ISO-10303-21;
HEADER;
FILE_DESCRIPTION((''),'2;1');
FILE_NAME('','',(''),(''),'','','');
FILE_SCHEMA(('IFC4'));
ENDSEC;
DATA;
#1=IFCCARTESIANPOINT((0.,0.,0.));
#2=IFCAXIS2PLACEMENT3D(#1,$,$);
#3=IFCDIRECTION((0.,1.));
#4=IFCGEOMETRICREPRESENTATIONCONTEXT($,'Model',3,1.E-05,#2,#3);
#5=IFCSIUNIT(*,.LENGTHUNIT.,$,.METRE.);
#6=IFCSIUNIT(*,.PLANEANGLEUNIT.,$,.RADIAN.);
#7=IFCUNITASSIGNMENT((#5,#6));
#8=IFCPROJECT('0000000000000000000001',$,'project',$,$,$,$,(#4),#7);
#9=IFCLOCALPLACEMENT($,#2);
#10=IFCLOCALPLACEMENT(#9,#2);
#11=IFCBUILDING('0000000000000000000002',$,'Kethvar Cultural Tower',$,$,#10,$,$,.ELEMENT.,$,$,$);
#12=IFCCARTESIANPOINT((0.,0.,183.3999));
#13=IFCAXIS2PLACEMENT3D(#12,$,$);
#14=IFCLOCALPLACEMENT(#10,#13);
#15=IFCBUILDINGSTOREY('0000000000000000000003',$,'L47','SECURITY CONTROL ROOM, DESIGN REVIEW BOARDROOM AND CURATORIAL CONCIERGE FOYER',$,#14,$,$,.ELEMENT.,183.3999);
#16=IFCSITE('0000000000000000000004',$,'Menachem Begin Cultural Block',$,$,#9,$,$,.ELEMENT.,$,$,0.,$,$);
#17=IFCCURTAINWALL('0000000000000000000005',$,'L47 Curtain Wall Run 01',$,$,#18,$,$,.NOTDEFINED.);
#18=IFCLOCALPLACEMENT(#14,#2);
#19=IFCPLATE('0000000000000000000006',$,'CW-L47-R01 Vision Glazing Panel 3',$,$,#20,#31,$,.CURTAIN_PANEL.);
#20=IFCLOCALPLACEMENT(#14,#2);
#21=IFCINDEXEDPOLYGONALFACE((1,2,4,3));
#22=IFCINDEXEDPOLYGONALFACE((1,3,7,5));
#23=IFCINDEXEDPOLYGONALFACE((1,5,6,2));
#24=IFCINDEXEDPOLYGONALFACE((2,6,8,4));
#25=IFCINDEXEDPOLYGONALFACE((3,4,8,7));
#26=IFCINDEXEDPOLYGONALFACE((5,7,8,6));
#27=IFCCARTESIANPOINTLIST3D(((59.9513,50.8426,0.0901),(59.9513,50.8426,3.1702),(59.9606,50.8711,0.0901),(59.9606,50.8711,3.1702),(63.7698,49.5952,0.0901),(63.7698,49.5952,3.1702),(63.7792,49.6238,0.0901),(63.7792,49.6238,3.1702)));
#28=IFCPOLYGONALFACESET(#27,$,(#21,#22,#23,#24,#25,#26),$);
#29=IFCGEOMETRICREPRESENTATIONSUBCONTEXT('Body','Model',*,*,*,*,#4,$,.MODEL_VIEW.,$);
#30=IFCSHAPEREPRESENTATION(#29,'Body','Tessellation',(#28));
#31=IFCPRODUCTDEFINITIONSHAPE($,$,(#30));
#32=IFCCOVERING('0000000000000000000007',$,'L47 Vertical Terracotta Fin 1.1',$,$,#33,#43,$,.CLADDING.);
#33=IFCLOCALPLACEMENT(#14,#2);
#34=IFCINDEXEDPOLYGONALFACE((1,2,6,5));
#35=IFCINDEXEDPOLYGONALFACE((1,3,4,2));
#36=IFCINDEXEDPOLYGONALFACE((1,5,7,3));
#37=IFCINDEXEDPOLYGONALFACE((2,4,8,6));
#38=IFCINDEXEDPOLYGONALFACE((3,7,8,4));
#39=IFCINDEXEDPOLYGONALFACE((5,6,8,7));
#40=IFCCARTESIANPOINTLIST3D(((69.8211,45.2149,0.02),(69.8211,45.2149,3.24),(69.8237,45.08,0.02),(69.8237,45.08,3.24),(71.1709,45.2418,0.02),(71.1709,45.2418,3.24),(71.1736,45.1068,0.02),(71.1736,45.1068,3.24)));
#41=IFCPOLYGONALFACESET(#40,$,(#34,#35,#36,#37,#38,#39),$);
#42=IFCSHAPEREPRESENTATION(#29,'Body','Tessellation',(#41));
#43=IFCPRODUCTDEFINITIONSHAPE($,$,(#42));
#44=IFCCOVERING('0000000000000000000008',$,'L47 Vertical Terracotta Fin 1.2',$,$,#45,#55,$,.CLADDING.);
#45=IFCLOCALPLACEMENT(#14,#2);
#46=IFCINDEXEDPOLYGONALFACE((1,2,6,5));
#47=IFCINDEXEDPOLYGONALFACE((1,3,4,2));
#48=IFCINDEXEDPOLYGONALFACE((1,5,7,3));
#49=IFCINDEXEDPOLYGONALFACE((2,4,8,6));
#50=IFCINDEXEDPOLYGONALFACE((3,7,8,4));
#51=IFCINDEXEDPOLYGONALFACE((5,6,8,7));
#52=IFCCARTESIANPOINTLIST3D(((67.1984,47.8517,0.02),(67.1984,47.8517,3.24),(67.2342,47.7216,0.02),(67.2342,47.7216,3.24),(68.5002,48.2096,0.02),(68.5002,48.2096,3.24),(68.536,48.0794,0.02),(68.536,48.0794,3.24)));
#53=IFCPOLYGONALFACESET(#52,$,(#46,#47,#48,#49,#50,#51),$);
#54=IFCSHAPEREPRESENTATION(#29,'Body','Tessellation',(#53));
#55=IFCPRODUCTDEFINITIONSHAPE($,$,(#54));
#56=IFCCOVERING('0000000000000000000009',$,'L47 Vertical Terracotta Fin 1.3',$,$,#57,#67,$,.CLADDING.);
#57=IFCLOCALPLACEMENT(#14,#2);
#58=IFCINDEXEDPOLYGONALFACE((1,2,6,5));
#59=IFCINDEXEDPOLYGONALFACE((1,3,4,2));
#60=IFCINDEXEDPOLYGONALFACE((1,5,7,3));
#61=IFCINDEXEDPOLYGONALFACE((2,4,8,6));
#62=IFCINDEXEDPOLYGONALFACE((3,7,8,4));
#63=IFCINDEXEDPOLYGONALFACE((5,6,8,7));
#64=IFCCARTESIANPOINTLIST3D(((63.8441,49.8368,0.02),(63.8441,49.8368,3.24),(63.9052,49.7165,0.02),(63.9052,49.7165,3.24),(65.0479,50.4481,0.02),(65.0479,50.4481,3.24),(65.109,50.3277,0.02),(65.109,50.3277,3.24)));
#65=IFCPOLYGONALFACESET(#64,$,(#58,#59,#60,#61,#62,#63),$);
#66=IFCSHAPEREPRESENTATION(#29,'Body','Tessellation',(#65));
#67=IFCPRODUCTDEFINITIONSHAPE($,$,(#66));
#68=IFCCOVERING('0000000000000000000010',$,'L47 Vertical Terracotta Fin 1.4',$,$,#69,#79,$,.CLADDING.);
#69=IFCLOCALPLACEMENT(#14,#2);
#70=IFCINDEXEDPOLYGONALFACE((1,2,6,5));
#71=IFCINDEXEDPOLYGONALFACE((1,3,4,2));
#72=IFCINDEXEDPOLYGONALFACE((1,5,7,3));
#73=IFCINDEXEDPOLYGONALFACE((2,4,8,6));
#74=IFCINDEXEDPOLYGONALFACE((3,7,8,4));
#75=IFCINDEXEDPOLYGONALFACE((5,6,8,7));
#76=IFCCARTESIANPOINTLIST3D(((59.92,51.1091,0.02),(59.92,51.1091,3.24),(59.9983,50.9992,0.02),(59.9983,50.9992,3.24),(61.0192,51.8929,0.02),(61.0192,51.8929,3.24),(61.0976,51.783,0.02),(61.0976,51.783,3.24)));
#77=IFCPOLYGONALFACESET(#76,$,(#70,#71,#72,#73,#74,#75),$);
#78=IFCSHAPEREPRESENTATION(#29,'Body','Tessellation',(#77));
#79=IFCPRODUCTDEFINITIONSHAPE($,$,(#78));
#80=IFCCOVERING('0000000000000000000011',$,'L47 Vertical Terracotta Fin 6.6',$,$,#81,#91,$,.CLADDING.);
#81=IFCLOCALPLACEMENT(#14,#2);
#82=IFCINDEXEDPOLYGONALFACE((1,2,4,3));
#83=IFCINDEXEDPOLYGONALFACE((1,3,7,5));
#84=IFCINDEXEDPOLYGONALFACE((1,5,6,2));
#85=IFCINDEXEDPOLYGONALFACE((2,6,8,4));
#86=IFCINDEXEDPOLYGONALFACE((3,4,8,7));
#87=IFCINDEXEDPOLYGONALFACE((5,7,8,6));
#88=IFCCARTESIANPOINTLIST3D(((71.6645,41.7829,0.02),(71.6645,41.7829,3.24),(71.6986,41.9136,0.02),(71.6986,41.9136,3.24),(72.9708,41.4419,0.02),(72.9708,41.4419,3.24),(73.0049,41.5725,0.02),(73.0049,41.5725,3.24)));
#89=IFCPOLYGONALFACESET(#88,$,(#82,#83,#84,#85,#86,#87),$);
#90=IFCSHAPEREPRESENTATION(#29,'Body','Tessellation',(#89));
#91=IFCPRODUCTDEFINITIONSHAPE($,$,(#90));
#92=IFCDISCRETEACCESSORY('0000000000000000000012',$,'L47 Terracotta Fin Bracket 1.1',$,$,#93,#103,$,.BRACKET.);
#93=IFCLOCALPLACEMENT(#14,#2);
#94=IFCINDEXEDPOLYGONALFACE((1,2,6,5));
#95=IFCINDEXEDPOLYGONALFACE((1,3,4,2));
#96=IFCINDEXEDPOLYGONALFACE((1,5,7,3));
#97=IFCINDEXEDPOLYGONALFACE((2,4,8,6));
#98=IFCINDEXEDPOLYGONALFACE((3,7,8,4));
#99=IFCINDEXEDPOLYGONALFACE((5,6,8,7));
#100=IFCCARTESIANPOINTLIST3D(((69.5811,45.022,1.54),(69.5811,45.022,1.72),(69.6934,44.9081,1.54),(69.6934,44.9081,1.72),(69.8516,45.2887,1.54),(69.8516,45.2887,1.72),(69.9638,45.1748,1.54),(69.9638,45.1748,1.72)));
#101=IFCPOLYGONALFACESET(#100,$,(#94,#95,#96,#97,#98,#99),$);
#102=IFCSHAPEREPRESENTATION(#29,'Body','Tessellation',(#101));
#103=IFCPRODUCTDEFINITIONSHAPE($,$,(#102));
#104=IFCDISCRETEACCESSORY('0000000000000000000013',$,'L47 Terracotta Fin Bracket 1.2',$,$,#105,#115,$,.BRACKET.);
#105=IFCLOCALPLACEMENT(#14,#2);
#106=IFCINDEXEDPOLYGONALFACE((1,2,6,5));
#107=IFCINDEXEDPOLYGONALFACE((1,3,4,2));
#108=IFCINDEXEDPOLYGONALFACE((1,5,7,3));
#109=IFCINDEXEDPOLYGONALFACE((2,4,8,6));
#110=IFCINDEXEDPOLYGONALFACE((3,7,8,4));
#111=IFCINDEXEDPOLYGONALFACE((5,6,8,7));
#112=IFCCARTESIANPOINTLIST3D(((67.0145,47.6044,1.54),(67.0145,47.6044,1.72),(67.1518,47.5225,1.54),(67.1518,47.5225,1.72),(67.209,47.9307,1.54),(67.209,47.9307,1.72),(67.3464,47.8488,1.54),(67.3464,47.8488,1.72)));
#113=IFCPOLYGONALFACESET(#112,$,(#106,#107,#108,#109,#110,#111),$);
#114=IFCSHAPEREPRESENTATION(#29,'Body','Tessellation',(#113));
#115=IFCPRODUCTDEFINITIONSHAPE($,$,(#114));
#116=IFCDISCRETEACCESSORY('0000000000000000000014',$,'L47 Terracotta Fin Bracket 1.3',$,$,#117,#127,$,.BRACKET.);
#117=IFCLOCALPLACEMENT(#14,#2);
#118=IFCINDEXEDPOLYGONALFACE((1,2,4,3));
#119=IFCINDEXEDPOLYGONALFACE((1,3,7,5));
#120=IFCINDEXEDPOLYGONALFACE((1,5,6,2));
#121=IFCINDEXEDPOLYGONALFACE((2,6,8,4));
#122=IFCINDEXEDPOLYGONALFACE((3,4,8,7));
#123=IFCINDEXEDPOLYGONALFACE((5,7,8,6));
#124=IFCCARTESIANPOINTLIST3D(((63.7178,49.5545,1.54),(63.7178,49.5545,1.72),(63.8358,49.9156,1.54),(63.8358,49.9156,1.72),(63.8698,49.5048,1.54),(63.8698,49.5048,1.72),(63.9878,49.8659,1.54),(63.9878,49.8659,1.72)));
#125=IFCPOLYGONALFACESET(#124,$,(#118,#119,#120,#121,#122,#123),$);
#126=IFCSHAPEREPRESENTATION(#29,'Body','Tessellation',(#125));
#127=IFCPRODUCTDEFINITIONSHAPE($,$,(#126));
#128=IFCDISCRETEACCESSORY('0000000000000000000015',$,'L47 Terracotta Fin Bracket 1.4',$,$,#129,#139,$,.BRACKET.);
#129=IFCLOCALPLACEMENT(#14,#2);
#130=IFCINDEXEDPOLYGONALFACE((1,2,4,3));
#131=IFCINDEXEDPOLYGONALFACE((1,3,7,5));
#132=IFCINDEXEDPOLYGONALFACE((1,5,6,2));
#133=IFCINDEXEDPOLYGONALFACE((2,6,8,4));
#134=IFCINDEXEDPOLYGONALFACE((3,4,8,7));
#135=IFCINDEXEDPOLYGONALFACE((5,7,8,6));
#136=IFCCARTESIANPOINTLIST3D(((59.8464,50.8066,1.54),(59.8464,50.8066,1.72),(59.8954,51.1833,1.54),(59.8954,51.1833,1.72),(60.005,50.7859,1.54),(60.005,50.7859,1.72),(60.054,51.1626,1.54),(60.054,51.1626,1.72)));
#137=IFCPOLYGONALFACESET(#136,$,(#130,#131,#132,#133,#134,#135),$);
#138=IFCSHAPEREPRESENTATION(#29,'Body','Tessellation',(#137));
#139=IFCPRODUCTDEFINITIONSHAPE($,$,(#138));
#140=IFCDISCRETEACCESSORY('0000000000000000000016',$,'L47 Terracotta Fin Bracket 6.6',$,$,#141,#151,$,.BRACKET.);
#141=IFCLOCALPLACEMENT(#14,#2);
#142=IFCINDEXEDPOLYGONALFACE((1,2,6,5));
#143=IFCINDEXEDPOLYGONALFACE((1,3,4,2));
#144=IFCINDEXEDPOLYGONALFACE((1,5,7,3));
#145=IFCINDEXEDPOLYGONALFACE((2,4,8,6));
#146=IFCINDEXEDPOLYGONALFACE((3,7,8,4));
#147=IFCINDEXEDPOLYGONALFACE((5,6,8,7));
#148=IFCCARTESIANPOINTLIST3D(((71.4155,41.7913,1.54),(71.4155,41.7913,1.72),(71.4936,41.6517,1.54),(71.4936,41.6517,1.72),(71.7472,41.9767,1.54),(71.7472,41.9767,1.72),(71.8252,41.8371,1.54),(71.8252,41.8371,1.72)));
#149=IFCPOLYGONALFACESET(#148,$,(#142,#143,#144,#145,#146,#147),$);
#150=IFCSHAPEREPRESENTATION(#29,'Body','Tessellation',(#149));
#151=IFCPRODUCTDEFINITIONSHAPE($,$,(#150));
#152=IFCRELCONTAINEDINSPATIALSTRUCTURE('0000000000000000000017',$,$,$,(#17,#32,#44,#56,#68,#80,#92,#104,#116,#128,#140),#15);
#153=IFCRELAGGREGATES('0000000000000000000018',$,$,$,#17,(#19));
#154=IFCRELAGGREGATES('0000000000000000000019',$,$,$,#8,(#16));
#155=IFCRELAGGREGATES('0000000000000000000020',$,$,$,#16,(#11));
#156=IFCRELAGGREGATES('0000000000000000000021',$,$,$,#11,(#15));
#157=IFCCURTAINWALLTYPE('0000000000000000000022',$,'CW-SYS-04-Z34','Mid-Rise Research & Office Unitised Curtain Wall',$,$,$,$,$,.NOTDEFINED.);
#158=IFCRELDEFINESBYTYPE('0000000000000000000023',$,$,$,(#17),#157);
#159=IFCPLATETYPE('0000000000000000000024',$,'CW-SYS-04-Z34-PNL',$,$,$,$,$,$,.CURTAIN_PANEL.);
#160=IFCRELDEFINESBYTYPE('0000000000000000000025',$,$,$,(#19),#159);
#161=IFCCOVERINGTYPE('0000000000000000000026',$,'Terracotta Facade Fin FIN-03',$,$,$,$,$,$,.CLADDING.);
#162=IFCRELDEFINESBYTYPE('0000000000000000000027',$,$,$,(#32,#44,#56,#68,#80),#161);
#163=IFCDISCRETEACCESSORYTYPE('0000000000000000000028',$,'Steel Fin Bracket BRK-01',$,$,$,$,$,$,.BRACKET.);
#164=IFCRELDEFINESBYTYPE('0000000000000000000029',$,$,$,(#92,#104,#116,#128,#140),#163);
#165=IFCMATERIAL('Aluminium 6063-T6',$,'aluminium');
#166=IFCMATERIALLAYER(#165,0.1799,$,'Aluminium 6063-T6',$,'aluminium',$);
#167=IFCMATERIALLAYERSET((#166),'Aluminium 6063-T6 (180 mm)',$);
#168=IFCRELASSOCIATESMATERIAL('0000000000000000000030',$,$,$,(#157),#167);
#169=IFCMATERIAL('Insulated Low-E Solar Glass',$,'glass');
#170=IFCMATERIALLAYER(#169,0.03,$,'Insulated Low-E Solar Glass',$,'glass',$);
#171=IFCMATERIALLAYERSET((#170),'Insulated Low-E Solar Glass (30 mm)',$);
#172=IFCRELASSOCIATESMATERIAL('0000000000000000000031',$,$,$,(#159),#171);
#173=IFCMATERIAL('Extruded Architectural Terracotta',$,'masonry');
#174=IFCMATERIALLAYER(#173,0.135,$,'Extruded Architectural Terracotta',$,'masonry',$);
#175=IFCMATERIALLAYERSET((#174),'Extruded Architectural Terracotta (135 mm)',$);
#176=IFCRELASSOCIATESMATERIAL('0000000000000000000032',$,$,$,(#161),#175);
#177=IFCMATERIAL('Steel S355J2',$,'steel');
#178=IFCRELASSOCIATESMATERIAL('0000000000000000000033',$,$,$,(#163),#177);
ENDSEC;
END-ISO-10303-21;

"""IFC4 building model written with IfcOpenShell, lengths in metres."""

from ifc_helpers import new_model, si_unit, direction, frame, origin, origin_2d, place, context, subcontext, project, spatial, rectangle, extrude, source, transform, mapped, material, layer, layer_set, type_object, element, aggregate, save


model = new_model("IFC4")

# Units and contexts
model_context = context("Model", 3, precision=1e-05, world=origin(), true_north=direction((0.0, 1.0)))
body_context = subcontext(model_context, "Body", "Model", "MODEL_VIEW")
ifc_project = project(units=[si_unit("LENGTHUNIT", "METRE"), si_unit("PLANEANGLEUNIT", "RADIAN")], contexts=[model_context])

# Site, building, storey
site_placement = place(None, origin())
site = spatial("IfcSite", under=ifc_project, at=site_placement, Name="Menachem Begin Cultural Block", CompositionType="ELEMENT", RefElevation=0.0)
building_placement = place(site_placement, origin())
building = spatial("IfcBuilding", under=site, at=building_placement, Name="Kethvar Cultural Tower", CompositionType="ELEMENT")
storey_placement = place(building_placement, frame((0.0, 0.0, 183.3999)))
storey = spatial("IfcBuildingStorey", under=building, at=storey_placement, Name="L47", Description="SECURITY CONTROL ROOM, DESIGN REVIEW BOARDROOM AND CURATORIAL CONCIERGE FOYER", CompositionType="ELEMENT", Elevation=183.3999)

# Shared definitions
ifc_material_1 = material(Name="Steel S355J2", Category="steel")

# Curtain wall
ifc_material_2 = material(Name="Aluminium 6063-T6", Category="aluminium")
ifc_layer_1 = layer(ifc_material_2, 0.1799, Name="Aluminium 6063-T6", Category="aluminium")
ifc_layer_set_1 = layer_set([ifc_layer_1], Name="Aluminium 6063-T6 (180 mm)")
curtain_wall_type = type_object("IfcCurtainWallType", Name="CW-SYS-04-Z34", Description="Mid-Rise Research & Office Unitised Curtain Wall", PredefinedType="NOTDEFINED", material=ifc_layer_set_1)
curtain_wall_1_placement = place(storey_placement, origin())
curtain_wall_1 = element("IfcCurtainWall", 1, at=curtain_wall_1_placement, inside=storey, type_object=curtain_wall_type, Name="L47 Curtain Wall Run 01", PredefinedType="NOTDEFINED")

# Plate
ifc_material_3 = material(Name="Insulated Low-E Solar Glass", Category="glass")
ifc_layer_2 = layer(ifc_material_3, 0.03, Name="Insulated Low-E Solar Glass", Category="glass")
ifc_layer_set_2 = layer_set([ifc_layer_2], Name="Insulated Low-E Solar Glass (30 mm)")
plate_type = type_object("IfcPlateType", Name="CW-SYS-04-Z34-PNL", PredefinedType="CURTAIN_PANEL", material=ifc_layer_set_2)
shared_shape_1 = source(origin(), body_context, "Body", "SweptSolid", [
    extrude(rectangle(XDim=4.0171, YDim=0.03, at=origin_2d()), origin(), (0.0, 0.0, 1.0), 3.0801),
])
plate_1_placement = place(storey_placement, frame((61.8652, 50.2332, 0.0901), z_axis=(0.0, 0.0, 1.0), x_axis=(-0.95057, 0.310511, 0.0)))
plate_1 = element("IfcPlate", 2, at=plate_1_placement, type_object=plate_type, Name="CW-L47-R01 Vision Glazing Panel 3", PredefinedType="CURTAIN_PANEL", context=body_context, shape_type="MappedRepresentation", body=[
    mapped(shared_shape_1, transform((0.0, 0.0, 0.0), scale=1.0)),
])
aggregate(curtain_wall_1, [plate_1])

# Coverings
ifc_material_4 = material(Name="Extruded Architectural Terracotta", Category="masonry")
ifc_layer_3 = layer(ifc_material_4, 0.135, Name="Extruded Architectural Terracotta", Category="masonry")
ifc_layer_set_3 = layer_set([ifc_layer_3], Name="Extruded Architectural Terracotta (135 mm)")
covering_type = type_object("IfcCoveringType", Name="Terracotta Facade Fin FIN-03", PredefinedType="CLADDING", material=ifc_layer_set_3)
shared_shape_2 = source(origin(), body_context, "Body", "SweptSolid", [
    extrude(rectangle(XDim=1.3501, YDim=0.135, at=origin_2d()), origin(), (0.0, 0.0, 1.0), 3.22),
])
for number, where, z_axis, x_axis, name in (
    (3, (70.4973, 45.1609, 0.02), (0.0, 0.0, 1.0), (0.999802, 0.019895, 0.0), "L47 Vertical Terracotta Fin 1.1"),
    (4, (67.8672, 47.9656, 0.02), (0.0, 0.0, 1.0), (0.964234, 0.265051, 0.0), "L47 Vertical Terracotta Fin 1.2"),
    (5, (64.4766, 50.0823, 0.02), (0.0, 0.0, 1.0), (0.89164, 0.452746, 0.0), "L47 Vertical Terracotta Fin 1.3"),
    (6, (60.5088, 51.446, 0.02), (0.0, 0.0, 1.0), (0.814217, 0.580561, 0.0), "L47 Vertical Terracotta Fin 1.4"),
    (7, (72.3347, 41.6777, 0.02), (0.0, 0.0, 1.0), (0.967577, -0.252576, 0.0), "L47 Vertical Terracotta Fin 6.6"),
):
    element("IfcCovering", number, at=place(storey_placement, frame(where, z_axis=z_axis, x_axis=x_axis)), inside=storey, type_object=covering_type, Name=name, PredefinedType="CLADDING", context=body_context, shape_type="MappedRepresentation", body=[
        mapped(shared_shape_2, transform((0.0, 0.0, 0.0), scale=1.0)),
    ])

# Discrete accessories
discrete_accessory_type = type_object("IfcDiscreteAccessoryType", Name="Steel Fin Bracket BRK-01", PredefinedType="BRACKET", material=ifc_material_1)
shared_shape_3 = source(origin(), body_context, "Body", "SweptSolid", [
    extrude(rectangle(XDim=0.3799, YDim=0.1599, at=origin_2d()), origin(), (0.0, 0.0, 1.0), 0.1799),
])
for number, where, z_axis, x_axis, name in (
    (8, (69.7725, 45.0984, 1.54), (0.0, 0.0, 1.0), (0.712026, 0.702153, 0.0), "L47 Terracotta Fin Bracket 1.1"),
    (9, (67.1804, 47.7266, 1.54), (0.0, 0.0, 1.0), (0.512043, 0.85896, 0.0), "L47 Terracotta Fin Bracket 1.2"),
    (10, (63.8528, 49.7102, 1.54), (0.0, 0.0, 1.0), (0.310511, 0.95057, 0.0), "L47 Terracotta Fin Bracket 1.3"),
    (11, (59.9502, 50.9846, 1.54), (0.0, 0.0, 1.0), (0.129142, 0.991626, 0.0), "L47 Terracotta Fin Bracket 1.4"),
    (12, (71.6204, 41.8142, 1.54), (0.0, 0.0, 1.0), (0.872922, 0.48786, 0.0), "L47 Terracotta Fin Bracket 6.6"),
):
    element("IfcDiscreteAccessory", number, at=place(storey_placement, frame(where, z_axis=z_axis, x_axis=x_axis)), inside=storey, type_object=discrete_accessory_type, Name=name, PredefinedType="BRACKET", context=body_context, shape_type="MappedRepresentation", body=[
        mapped(shared_shape_3, transform((0.0, 0.0, 0.0), scale=1.0)),
    ])

save(model, "model.ifc")
